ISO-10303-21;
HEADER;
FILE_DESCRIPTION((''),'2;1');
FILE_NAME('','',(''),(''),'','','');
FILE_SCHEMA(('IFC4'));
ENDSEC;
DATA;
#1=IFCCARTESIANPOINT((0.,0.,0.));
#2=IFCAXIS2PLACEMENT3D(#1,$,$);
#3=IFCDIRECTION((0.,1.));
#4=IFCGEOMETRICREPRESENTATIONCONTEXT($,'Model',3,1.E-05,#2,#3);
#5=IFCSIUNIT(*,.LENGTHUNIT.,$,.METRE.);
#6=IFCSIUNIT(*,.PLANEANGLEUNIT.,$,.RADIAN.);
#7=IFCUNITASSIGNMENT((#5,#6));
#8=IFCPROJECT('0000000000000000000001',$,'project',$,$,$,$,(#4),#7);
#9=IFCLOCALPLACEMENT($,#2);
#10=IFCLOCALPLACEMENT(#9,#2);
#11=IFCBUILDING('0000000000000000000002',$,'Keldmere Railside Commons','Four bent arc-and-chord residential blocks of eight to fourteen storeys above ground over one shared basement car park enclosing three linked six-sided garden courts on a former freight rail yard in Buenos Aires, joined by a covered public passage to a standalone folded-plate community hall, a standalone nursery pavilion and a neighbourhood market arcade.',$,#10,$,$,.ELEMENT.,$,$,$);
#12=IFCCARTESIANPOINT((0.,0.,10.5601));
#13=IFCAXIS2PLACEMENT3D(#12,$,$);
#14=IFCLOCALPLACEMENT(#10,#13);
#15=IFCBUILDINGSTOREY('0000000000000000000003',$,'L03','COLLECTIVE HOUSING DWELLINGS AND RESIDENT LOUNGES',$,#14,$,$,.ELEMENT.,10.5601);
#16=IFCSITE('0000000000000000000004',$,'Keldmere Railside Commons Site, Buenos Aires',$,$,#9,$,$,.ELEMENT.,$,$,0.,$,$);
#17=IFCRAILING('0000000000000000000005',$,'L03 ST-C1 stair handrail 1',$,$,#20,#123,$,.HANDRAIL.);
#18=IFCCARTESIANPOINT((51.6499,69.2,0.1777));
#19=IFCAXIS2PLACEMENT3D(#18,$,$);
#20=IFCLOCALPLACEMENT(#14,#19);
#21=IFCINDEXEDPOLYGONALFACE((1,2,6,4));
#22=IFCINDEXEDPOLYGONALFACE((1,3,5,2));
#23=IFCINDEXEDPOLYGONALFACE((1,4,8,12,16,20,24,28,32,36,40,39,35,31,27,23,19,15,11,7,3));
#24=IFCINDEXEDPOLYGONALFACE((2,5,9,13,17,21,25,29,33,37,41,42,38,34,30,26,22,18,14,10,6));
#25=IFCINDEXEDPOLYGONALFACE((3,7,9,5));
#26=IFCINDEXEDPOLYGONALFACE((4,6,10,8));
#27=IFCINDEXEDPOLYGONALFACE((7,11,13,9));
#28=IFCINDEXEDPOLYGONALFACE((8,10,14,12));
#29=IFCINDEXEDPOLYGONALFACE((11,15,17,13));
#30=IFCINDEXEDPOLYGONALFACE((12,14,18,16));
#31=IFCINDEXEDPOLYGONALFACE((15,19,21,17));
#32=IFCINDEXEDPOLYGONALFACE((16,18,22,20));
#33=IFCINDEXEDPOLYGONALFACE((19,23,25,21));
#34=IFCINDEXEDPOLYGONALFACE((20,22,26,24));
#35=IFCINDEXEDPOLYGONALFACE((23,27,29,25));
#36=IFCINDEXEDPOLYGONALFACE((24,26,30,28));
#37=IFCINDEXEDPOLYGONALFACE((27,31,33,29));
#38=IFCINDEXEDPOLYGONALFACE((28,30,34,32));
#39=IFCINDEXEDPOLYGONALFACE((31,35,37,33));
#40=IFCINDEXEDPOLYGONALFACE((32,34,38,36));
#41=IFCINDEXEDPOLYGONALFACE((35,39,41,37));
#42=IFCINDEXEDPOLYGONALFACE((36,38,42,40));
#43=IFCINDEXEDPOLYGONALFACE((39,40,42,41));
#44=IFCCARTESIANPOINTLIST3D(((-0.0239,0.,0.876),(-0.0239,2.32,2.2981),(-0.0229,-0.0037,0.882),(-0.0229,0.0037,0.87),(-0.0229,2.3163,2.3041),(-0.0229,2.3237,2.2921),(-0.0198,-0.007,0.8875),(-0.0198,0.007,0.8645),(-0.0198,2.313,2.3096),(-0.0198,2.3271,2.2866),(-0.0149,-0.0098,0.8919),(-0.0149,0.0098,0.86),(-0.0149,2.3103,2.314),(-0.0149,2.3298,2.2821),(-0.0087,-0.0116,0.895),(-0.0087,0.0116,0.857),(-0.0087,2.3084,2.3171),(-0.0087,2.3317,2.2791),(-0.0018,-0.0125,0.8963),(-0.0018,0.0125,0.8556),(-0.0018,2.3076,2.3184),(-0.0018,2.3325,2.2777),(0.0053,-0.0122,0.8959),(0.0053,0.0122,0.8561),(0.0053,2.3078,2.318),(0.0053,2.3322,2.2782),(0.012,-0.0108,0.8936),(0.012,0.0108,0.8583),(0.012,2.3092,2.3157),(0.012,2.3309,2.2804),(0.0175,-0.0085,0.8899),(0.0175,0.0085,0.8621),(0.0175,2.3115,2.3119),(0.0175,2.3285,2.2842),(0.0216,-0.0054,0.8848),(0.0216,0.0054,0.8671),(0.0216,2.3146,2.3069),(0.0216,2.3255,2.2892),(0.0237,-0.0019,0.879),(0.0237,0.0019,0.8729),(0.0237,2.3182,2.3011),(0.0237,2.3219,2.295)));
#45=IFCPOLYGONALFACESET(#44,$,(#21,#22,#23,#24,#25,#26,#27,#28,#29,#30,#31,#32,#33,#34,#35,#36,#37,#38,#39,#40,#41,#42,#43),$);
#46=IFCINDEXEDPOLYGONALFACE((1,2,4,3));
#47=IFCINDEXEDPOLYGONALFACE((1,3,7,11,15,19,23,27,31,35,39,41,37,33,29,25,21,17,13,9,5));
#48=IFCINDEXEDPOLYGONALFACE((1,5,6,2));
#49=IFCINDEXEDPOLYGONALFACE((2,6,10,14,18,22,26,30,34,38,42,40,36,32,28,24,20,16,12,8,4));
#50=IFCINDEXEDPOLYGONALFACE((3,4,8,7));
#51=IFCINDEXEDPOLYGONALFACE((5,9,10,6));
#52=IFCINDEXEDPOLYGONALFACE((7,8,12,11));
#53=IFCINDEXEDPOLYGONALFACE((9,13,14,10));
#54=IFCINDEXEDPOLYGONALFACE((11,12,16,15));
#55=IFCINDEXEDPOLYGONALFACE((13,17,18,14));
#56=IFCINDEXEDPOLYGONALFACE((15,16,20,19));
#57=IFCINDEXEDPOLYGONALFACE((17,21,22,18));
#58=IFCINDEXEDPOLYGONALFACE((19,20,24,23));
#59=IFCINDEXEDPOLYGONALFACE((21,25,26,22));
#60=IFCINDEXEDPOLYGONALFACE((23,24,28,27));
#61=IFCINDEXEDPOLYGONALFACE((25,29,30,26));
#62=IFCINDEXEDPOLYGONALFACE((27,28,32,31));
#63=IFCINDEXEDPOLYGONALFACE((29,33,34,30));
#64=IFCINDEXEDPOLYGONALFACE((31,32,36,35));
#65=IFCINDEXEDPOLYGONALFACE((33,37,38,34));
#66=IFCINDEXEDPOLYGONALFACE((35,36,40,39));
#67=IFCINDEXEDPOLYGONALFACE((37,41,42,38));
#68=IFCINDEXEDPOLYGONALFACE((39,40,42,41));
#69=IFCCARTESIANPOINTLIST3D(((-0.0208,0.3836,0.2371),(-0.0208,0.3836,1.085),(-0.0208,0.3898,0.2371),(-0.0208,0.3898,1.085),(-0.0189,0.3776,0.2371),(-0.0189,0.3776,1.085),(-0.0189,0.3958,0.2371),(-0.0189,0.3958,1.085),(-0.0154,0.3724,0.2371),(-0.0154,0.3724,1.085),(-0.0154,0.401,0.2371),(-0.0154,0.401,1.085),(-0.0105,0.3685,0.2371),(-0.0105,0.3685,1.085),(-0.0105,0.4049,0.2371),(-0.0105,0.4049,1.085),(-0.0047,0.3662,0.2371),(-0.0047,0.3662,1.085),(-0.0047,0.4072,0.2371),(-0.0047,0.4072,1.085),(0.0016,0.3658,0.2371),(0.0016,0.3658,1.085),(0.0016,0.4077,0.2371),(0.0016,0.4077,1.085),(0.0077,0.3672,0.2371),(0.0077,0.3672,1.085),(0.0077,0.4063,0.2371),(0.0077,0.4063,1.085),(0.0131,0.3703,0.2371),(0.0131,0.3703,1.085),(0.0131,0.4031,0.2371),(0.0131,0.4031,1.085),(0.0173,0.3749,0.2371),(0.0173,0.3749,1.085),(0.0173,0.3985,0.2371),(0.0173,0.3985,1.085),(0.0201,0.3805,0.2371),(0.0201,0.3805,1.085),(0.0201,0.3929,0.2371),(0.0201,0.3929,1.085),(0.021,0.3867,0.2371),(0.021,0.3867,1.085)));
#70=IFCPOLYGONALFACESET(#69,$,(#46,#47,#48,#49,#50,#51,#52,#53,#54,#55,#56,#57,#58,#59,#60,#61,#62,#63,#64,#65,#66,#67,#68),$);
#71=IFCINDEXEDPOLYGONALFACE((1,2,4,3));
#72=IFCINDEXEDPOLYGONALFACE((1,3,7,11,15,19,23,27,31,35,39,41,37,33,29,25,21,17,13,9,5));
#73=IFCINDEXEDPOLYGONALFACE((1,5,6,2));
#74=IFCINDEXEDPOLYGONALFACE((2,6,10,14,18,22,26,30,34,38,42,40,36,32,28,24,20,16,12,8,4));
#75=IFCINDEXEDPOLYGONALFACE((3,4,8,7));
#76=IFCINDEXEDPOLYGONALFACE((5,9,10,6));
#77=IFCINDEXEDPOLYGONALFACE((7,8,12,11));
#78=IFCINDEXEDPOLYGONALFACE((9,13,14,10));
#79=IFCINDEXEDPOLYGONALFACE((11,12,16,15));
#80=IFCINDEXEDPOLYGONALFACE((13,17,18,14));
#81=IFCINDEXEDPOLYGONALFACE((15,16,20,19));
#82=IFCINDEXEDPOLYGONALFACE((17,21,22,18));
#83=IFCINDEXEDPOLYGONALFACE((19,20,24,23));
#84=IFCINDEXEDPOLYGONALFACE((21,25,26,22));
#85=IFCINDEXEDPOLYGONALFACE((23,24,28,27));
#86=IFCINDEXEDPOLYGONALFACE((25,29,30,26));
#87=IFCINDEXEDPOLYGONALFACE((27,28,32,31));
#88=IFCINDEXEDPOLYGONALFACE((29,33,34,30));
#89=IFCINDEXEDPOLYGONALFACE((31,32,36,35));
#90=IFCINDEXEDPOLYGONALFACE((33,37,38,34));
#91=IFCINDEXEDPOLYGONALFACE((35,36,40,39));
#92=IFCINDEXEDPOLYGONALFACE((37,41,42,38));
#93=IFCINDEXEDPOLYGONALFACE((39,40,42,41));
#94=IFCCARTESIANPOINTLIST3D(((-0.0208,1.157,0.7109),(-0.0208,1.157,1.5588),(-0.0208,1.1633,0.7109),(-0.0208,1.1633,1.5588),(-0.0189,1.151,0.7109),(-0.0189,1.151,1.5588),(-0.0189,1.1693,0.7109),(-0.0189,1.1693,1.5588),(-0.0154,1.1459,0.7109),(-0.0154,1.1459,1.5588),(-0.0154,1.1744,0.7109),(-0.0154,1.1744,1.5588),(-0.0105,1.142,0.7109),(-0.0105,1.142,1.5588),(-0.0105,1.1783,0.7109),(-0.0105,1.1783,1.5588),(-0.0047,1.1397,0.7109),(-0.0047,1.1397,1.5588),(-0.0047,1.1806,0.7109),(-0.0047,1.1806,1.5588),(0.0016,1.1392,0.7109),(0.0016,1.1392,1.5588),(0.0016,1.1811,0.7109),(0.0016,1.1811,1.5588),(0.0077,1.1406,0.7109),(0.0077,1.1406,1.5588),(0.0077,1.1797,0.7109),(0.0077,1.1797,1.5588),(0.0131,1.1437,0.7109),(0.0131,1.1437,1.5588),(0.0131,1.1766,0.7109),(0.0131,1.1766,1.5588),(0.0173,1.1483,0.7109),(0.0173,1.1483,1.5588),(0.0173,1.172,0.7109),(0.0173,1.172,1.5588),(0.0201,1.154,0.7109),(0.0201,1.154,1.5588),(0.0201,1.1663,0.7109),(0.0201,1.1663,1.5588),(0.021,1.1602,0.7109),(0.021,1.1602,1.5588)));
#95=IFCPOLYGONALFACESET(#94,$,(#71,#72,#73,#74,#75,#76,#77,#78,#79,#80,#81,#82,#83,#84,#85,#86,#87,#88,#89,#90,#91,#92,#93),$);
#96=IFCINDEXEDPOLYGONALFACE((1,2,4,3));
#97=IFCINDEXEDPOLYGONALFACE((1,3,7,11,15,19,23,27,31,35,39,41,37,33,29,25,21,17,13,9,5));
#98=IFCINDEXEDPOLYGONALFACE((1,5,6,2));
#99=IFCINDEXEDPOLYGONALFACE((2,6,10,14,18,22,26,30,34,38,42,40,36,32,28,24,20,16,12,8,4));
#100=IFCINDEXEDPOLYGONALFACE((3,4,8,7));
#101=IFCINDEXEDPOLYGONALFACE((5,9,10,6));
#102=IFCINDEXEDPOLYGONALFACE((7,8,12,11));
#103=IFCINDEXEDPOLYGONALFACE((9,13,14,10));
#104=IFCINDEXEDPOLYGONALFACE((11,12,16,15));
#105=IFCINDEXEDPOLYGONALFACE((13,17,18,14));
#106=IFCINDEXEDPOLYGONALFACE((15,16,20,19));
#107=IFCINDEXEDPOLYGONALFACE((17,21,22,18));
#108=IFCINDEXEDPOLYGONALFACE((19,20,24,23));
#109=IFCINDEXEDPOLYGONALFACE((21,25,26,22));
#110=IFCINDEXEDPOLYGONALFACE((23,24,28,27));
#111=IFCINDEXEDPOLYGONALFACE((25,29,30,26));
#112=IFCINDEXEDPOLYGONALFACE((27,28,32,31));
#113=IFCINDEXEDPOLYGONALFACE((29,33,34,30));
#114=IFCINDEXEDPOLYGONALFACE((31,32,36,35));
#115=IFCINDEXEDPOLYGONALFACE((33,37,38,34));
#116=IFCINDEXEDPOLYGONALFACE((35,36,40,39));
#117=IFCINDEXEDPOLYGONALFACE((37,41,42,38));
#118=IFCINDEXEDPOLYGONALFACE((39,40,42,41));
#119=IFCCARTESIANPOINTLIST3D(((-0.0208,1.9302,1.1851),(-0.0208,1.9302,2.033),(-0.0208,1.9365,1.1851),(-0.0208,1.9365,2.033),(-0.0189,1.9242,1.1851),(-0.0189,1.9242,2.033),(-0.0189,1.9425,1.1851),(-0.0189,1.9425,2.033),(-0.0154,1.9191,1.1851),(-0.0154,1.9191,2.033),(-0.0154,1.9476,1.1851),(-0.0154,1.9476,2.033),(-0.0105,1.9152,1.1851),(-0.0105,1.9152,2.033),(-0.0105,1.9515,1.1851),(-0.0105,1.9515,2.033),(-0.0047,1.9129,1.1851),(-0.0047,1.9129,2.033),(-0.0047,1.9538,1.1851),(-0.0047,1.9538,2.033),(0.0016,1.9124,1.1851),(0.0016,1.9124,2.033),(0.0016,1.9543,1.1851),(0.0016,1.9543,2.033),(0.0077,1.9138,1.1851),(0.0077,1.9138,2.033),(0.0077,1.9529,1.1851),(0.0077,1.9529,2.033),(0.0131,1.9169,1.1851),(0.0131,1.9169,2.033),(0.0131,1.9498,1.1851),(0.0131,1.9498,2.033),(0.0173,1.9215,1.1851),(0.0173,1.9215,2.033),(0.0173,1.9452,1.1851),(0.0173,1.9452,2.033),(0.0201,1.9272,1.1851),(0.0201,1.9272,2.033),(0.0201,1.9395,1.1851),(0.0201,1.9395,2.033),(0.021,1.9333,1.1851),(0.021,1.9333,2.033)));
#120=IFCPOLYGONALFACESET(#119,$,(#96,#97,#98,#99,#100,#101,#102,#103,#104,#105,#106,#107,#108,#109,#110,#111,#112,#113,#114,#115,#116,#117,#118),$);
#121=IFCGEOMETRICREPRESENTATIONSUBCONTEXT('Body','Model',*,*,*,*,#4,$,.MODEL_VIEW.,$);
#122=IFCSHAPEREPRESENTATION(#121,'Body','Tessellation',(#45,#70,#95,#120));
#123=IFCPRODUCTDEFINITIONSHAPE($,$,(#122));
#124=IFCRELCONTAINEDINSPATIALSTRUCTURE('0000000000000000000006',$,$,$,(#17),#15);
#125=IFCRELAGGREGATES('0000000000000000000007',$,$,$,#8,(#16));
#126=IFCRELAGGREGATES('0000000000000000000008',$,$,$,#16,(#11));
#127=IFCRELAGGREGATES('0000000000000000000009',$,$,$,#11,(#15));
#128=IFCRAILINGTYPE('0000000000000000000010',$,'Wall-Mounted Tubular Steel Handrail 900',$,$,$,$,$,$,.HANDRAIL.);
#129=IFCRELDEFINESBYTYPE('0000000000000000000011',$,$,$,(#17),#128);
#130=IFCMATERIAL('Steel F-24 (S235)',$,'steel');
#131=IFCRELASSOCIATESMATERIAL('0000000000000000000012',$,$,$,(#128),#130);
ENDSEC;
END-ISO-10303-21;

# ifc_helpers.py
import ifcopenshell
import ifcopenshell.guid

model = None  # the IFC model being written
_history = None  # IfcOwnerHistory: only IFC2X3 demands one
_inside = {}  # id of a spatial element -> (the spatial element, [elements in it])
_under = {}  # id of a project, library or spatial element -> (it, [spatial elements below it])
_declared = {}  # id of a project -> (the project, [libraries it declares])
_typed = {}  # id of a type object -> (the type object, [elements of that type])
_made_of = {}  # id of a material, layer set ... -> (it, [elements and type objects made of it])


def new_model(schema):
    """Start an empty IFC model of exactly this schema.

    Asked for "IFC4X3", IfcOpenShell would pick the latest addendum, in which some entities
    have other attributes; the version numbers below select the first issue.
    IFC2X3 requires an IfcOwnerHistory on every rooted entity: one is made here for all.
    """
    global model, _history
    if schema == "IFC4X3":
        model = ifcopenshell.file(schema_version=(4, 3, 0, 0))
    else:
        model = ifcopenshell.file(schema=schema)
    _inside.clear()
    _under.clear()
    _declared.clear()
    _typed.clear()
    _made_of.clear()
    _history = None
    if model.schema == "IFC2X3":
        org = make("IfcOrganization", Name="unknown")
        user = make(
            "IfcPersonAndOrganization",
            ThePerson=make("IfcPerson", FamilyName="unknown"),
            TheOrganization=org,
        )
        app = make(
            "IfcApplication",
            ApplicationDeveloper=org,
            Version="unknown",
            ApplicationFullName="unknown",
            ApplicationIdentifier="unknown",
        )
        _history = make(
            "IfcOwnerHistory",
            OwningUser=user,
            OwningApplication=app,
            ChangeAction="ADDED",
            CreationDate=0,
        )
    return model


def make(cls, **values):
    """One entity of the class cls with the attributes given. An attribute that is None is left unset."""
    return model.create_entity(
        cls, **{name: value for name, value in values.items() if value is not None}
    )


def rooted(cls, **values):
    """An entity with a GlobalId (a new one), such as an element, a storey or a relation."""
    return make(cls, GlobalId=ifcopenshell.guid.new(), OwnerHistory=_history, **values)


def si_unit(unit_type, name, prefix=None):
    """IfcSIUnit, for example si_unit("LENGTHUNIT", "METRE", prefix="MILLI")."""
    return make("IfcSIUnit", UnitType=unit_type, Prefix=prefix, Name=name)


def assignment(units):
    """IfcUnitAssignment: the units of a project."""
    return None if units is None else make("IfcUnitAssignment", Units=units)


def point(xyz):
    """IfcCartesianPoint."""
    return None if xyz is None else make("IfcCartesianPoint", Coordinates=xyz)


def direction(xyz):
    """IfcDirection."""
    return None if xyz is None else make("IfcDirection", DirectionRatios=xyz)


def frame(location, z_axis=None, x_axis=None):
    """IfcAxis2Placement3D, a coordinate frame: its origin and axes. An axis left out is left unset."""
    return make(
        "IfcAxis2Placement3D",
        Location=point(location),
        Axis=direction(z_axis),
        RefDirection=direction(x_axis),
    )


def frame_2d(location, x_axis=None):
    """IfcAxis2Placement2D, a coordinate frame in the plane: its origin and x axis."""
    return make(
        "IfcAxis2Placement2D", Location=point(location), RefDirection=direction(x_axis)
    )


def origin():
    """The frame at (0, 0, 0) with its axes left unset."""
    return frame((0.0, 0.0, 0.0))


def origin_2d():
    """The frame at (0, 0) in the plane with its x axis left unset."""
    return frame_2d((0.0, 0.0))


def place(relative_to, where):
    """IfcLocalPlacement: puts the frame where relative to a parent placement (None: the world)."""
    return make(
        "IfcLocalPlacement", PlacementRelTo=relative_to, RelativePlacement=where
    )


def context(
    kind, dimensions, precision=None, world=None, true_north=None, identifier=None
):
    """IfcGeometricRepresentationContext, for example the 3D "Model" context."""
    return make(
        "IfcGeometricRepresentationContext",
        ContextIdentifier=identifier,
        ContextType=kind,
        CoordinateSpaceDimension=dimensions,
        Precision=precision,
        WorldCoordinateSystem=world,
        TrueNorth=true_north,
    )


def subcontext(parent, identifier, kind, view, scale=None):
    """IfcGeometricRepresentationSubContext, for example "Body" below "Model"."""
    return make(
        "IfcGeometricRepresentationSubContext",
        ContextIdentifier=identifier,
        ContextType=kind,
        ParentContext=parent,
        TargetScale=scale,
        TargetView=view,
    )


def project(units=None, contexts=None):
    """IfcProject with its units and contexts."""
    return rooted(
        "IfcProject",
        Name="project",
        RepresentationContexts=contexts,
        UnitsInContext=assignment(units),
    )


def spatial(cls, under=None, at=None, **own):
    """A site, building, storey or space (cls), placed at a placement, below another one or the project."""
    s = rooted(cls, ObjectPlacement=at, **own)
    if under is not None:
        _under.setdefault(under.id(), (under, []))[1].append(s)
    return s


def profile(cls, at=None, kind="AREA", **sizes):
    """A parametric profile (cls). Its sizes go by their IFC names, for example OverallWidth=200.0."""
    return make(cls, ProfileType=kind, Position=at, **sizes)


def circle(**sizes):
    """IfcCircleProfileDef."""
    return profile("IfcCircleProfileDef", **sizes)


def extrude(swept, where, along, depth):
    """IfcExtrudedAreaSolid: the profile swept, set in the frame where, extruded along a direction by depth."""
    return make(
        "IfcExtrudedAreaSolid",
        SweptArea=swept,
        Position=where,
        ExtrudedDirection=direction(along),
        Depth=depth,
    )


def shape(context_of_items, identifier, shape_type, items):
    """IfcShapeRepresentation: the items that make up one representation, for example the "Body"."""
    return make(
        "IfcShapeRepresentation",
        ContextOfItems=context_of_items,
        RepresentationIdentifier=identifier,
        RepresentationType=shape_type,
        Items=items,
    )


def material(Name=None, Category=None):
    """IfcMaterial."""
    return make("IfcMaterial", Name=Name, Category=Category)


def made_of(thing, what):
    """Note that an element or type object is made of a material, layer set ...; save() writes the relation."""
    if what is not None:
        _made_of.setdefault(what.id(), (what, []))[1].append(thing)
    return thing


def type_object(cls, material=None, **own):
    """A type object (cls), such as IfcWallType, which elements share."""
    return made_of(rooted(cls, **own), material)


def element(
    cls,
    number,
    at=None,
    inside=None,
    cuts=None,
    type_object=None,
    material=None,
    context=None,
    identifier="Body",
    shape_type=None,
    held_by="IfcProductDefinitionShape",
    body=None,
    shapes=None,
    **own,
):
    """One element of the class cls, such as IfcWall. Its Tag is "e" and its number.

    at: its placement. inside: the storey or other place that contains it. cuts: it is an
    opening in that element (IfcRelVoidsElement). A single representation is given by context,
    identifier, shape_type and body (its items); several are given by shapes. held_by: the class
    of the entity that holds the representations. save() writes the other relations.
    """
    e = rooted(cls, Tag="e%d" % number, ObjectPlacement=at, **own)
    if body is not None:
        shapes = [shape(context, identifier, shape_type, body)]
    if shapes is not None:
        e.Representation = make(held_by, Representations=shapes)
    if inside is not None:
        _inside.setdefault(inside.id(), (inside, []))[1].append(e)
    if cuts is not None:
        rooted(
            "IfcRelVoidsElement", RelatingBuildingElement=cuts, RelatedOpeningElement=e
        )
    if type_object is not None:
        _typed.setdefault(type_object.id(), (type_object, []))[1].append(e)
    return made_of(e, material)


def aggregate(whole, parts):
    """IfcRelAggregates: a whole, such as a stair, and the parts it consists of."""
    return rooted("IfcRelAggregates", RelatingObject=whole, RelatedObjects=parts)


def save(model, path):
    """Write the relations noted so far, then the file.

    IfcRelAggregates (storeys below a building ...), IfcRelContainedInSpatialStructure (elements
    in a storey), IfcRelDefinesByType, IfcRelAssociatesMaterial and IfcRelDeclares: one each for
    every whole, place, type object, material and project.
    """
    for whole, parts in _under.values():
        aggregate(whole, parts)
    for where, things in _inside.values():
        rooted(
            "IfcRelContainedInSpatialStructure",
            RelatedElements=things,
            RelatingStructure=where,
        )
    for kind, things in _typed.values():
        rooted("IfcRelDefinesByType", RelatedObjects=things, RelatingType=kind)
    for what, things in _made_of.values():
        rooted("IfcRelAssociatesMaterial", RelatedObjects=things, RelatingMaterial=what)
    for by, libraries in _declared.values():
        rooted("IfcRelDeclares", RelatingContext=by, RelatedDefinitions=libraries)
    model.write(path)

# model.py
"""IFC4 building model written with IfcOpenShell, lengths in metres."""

from ifc_helpers import new_model, si_unit, direction, frame, origin, origin_2d, place, context, subcontext, project, spatial, circle, extrude, material, type_object, element, save


model = new_model("IFC4")

# Units and contexts
model_context = context("Model", 3, precision=1e-05, world=origin(), true_north=direction((0.0, 1.0)))
body_context = subcontext(model_context, "Body", "Model", "MODEL_VIEW")
ifc_project = project(units=[si_unit("LENGTHUNIT", "METRE"), si_unit("PLANEANGLEUNIT", "RADIAN")], contexts=[model_context])

# Site, building, storey
site_placement = place(None, origin())
site = spatial("IfcSite", under=ifc_project, at=site_placement, Name="Keldmere Railside Commons Site, Buenos Aires", CompositionType="ELEMENT", RefElevation=0.0)
building_placement = place(site_placement, origin())
building = spatial("IfcBuilding", under=site, at=building_placement, Name="Keldmere Railside Commons", Description="Four bent arc-and-chord residential blocks of eight to fourteen storeys above ground over one shared basement car park enclosing three linked six-sided garden courts on a former freight rail yard in Buenos Aires, joined by a covered public passage to a standalone folded-plate community hall, a standalone nursery pavilion and a neighbourhood market arcade.", CompositionType="ELEMENT")
storey_placement = place(building_placement, frame((0.0, 0.0, 10.5601)))
storey = spatial("IfcBuildingStorey", under=building, at=storey_placement, Name="L03", Description="COLLECTIVE HOUSING DWELLINGS AND RESIDENT LOUNGES", CompositionType="ELEMENT", Elevation=10.5601)

# Railing
ifc_material_1 = material(Name="Steel F-24 (S235)", Category="steel")
railing_type_1 = type_object("IfcRailingType", Name="Wall-Mounted Tubular Steel Handrail 900", PredefinedType="HANDRAIL", material=ifc_material_1)
railing_1_placement = place(storey_placement, frame((51.6499, 69.2, 0.1777)))
element("IfcRailing", 1, at=railing_1_placement, inside=storey, type_object=railing_type_1, Name="L03 ST-C1 stair handrail 1", PredefinedType="HANDRAIL", context=body_context, shape_type="SweptSolid", body=[
    extrude(circle(Radius=0.0239, at=origin_2d()), frame((0.0, 0.0, 0.876), z_axis=(0.0, 0.852578, 0.5226), x_axis=(-1.0, 0.0, 0.0)), (0.0, 0.0, 1.0), 2.7212),
    extrude(circle(Radius=0.021, at=origin_2d()), frame((0.0, 0.3867, 0.2371)), (0.0, 0.0, 1.0), 0.8479),
    extrude(circle(Radius=0.021, at=origin_2d()), frame((0.0, 1.1602, 0.7109)), (0.0, 0.0, 1.0), 0.8479),
    extrude(circle(Radius=0.021, at=origin_2d()), frame((0.0, 1.9333, 1.1851)), (0.0, 0.0, 1.0), 0.8479),
])

save(model, "model.ifc")
